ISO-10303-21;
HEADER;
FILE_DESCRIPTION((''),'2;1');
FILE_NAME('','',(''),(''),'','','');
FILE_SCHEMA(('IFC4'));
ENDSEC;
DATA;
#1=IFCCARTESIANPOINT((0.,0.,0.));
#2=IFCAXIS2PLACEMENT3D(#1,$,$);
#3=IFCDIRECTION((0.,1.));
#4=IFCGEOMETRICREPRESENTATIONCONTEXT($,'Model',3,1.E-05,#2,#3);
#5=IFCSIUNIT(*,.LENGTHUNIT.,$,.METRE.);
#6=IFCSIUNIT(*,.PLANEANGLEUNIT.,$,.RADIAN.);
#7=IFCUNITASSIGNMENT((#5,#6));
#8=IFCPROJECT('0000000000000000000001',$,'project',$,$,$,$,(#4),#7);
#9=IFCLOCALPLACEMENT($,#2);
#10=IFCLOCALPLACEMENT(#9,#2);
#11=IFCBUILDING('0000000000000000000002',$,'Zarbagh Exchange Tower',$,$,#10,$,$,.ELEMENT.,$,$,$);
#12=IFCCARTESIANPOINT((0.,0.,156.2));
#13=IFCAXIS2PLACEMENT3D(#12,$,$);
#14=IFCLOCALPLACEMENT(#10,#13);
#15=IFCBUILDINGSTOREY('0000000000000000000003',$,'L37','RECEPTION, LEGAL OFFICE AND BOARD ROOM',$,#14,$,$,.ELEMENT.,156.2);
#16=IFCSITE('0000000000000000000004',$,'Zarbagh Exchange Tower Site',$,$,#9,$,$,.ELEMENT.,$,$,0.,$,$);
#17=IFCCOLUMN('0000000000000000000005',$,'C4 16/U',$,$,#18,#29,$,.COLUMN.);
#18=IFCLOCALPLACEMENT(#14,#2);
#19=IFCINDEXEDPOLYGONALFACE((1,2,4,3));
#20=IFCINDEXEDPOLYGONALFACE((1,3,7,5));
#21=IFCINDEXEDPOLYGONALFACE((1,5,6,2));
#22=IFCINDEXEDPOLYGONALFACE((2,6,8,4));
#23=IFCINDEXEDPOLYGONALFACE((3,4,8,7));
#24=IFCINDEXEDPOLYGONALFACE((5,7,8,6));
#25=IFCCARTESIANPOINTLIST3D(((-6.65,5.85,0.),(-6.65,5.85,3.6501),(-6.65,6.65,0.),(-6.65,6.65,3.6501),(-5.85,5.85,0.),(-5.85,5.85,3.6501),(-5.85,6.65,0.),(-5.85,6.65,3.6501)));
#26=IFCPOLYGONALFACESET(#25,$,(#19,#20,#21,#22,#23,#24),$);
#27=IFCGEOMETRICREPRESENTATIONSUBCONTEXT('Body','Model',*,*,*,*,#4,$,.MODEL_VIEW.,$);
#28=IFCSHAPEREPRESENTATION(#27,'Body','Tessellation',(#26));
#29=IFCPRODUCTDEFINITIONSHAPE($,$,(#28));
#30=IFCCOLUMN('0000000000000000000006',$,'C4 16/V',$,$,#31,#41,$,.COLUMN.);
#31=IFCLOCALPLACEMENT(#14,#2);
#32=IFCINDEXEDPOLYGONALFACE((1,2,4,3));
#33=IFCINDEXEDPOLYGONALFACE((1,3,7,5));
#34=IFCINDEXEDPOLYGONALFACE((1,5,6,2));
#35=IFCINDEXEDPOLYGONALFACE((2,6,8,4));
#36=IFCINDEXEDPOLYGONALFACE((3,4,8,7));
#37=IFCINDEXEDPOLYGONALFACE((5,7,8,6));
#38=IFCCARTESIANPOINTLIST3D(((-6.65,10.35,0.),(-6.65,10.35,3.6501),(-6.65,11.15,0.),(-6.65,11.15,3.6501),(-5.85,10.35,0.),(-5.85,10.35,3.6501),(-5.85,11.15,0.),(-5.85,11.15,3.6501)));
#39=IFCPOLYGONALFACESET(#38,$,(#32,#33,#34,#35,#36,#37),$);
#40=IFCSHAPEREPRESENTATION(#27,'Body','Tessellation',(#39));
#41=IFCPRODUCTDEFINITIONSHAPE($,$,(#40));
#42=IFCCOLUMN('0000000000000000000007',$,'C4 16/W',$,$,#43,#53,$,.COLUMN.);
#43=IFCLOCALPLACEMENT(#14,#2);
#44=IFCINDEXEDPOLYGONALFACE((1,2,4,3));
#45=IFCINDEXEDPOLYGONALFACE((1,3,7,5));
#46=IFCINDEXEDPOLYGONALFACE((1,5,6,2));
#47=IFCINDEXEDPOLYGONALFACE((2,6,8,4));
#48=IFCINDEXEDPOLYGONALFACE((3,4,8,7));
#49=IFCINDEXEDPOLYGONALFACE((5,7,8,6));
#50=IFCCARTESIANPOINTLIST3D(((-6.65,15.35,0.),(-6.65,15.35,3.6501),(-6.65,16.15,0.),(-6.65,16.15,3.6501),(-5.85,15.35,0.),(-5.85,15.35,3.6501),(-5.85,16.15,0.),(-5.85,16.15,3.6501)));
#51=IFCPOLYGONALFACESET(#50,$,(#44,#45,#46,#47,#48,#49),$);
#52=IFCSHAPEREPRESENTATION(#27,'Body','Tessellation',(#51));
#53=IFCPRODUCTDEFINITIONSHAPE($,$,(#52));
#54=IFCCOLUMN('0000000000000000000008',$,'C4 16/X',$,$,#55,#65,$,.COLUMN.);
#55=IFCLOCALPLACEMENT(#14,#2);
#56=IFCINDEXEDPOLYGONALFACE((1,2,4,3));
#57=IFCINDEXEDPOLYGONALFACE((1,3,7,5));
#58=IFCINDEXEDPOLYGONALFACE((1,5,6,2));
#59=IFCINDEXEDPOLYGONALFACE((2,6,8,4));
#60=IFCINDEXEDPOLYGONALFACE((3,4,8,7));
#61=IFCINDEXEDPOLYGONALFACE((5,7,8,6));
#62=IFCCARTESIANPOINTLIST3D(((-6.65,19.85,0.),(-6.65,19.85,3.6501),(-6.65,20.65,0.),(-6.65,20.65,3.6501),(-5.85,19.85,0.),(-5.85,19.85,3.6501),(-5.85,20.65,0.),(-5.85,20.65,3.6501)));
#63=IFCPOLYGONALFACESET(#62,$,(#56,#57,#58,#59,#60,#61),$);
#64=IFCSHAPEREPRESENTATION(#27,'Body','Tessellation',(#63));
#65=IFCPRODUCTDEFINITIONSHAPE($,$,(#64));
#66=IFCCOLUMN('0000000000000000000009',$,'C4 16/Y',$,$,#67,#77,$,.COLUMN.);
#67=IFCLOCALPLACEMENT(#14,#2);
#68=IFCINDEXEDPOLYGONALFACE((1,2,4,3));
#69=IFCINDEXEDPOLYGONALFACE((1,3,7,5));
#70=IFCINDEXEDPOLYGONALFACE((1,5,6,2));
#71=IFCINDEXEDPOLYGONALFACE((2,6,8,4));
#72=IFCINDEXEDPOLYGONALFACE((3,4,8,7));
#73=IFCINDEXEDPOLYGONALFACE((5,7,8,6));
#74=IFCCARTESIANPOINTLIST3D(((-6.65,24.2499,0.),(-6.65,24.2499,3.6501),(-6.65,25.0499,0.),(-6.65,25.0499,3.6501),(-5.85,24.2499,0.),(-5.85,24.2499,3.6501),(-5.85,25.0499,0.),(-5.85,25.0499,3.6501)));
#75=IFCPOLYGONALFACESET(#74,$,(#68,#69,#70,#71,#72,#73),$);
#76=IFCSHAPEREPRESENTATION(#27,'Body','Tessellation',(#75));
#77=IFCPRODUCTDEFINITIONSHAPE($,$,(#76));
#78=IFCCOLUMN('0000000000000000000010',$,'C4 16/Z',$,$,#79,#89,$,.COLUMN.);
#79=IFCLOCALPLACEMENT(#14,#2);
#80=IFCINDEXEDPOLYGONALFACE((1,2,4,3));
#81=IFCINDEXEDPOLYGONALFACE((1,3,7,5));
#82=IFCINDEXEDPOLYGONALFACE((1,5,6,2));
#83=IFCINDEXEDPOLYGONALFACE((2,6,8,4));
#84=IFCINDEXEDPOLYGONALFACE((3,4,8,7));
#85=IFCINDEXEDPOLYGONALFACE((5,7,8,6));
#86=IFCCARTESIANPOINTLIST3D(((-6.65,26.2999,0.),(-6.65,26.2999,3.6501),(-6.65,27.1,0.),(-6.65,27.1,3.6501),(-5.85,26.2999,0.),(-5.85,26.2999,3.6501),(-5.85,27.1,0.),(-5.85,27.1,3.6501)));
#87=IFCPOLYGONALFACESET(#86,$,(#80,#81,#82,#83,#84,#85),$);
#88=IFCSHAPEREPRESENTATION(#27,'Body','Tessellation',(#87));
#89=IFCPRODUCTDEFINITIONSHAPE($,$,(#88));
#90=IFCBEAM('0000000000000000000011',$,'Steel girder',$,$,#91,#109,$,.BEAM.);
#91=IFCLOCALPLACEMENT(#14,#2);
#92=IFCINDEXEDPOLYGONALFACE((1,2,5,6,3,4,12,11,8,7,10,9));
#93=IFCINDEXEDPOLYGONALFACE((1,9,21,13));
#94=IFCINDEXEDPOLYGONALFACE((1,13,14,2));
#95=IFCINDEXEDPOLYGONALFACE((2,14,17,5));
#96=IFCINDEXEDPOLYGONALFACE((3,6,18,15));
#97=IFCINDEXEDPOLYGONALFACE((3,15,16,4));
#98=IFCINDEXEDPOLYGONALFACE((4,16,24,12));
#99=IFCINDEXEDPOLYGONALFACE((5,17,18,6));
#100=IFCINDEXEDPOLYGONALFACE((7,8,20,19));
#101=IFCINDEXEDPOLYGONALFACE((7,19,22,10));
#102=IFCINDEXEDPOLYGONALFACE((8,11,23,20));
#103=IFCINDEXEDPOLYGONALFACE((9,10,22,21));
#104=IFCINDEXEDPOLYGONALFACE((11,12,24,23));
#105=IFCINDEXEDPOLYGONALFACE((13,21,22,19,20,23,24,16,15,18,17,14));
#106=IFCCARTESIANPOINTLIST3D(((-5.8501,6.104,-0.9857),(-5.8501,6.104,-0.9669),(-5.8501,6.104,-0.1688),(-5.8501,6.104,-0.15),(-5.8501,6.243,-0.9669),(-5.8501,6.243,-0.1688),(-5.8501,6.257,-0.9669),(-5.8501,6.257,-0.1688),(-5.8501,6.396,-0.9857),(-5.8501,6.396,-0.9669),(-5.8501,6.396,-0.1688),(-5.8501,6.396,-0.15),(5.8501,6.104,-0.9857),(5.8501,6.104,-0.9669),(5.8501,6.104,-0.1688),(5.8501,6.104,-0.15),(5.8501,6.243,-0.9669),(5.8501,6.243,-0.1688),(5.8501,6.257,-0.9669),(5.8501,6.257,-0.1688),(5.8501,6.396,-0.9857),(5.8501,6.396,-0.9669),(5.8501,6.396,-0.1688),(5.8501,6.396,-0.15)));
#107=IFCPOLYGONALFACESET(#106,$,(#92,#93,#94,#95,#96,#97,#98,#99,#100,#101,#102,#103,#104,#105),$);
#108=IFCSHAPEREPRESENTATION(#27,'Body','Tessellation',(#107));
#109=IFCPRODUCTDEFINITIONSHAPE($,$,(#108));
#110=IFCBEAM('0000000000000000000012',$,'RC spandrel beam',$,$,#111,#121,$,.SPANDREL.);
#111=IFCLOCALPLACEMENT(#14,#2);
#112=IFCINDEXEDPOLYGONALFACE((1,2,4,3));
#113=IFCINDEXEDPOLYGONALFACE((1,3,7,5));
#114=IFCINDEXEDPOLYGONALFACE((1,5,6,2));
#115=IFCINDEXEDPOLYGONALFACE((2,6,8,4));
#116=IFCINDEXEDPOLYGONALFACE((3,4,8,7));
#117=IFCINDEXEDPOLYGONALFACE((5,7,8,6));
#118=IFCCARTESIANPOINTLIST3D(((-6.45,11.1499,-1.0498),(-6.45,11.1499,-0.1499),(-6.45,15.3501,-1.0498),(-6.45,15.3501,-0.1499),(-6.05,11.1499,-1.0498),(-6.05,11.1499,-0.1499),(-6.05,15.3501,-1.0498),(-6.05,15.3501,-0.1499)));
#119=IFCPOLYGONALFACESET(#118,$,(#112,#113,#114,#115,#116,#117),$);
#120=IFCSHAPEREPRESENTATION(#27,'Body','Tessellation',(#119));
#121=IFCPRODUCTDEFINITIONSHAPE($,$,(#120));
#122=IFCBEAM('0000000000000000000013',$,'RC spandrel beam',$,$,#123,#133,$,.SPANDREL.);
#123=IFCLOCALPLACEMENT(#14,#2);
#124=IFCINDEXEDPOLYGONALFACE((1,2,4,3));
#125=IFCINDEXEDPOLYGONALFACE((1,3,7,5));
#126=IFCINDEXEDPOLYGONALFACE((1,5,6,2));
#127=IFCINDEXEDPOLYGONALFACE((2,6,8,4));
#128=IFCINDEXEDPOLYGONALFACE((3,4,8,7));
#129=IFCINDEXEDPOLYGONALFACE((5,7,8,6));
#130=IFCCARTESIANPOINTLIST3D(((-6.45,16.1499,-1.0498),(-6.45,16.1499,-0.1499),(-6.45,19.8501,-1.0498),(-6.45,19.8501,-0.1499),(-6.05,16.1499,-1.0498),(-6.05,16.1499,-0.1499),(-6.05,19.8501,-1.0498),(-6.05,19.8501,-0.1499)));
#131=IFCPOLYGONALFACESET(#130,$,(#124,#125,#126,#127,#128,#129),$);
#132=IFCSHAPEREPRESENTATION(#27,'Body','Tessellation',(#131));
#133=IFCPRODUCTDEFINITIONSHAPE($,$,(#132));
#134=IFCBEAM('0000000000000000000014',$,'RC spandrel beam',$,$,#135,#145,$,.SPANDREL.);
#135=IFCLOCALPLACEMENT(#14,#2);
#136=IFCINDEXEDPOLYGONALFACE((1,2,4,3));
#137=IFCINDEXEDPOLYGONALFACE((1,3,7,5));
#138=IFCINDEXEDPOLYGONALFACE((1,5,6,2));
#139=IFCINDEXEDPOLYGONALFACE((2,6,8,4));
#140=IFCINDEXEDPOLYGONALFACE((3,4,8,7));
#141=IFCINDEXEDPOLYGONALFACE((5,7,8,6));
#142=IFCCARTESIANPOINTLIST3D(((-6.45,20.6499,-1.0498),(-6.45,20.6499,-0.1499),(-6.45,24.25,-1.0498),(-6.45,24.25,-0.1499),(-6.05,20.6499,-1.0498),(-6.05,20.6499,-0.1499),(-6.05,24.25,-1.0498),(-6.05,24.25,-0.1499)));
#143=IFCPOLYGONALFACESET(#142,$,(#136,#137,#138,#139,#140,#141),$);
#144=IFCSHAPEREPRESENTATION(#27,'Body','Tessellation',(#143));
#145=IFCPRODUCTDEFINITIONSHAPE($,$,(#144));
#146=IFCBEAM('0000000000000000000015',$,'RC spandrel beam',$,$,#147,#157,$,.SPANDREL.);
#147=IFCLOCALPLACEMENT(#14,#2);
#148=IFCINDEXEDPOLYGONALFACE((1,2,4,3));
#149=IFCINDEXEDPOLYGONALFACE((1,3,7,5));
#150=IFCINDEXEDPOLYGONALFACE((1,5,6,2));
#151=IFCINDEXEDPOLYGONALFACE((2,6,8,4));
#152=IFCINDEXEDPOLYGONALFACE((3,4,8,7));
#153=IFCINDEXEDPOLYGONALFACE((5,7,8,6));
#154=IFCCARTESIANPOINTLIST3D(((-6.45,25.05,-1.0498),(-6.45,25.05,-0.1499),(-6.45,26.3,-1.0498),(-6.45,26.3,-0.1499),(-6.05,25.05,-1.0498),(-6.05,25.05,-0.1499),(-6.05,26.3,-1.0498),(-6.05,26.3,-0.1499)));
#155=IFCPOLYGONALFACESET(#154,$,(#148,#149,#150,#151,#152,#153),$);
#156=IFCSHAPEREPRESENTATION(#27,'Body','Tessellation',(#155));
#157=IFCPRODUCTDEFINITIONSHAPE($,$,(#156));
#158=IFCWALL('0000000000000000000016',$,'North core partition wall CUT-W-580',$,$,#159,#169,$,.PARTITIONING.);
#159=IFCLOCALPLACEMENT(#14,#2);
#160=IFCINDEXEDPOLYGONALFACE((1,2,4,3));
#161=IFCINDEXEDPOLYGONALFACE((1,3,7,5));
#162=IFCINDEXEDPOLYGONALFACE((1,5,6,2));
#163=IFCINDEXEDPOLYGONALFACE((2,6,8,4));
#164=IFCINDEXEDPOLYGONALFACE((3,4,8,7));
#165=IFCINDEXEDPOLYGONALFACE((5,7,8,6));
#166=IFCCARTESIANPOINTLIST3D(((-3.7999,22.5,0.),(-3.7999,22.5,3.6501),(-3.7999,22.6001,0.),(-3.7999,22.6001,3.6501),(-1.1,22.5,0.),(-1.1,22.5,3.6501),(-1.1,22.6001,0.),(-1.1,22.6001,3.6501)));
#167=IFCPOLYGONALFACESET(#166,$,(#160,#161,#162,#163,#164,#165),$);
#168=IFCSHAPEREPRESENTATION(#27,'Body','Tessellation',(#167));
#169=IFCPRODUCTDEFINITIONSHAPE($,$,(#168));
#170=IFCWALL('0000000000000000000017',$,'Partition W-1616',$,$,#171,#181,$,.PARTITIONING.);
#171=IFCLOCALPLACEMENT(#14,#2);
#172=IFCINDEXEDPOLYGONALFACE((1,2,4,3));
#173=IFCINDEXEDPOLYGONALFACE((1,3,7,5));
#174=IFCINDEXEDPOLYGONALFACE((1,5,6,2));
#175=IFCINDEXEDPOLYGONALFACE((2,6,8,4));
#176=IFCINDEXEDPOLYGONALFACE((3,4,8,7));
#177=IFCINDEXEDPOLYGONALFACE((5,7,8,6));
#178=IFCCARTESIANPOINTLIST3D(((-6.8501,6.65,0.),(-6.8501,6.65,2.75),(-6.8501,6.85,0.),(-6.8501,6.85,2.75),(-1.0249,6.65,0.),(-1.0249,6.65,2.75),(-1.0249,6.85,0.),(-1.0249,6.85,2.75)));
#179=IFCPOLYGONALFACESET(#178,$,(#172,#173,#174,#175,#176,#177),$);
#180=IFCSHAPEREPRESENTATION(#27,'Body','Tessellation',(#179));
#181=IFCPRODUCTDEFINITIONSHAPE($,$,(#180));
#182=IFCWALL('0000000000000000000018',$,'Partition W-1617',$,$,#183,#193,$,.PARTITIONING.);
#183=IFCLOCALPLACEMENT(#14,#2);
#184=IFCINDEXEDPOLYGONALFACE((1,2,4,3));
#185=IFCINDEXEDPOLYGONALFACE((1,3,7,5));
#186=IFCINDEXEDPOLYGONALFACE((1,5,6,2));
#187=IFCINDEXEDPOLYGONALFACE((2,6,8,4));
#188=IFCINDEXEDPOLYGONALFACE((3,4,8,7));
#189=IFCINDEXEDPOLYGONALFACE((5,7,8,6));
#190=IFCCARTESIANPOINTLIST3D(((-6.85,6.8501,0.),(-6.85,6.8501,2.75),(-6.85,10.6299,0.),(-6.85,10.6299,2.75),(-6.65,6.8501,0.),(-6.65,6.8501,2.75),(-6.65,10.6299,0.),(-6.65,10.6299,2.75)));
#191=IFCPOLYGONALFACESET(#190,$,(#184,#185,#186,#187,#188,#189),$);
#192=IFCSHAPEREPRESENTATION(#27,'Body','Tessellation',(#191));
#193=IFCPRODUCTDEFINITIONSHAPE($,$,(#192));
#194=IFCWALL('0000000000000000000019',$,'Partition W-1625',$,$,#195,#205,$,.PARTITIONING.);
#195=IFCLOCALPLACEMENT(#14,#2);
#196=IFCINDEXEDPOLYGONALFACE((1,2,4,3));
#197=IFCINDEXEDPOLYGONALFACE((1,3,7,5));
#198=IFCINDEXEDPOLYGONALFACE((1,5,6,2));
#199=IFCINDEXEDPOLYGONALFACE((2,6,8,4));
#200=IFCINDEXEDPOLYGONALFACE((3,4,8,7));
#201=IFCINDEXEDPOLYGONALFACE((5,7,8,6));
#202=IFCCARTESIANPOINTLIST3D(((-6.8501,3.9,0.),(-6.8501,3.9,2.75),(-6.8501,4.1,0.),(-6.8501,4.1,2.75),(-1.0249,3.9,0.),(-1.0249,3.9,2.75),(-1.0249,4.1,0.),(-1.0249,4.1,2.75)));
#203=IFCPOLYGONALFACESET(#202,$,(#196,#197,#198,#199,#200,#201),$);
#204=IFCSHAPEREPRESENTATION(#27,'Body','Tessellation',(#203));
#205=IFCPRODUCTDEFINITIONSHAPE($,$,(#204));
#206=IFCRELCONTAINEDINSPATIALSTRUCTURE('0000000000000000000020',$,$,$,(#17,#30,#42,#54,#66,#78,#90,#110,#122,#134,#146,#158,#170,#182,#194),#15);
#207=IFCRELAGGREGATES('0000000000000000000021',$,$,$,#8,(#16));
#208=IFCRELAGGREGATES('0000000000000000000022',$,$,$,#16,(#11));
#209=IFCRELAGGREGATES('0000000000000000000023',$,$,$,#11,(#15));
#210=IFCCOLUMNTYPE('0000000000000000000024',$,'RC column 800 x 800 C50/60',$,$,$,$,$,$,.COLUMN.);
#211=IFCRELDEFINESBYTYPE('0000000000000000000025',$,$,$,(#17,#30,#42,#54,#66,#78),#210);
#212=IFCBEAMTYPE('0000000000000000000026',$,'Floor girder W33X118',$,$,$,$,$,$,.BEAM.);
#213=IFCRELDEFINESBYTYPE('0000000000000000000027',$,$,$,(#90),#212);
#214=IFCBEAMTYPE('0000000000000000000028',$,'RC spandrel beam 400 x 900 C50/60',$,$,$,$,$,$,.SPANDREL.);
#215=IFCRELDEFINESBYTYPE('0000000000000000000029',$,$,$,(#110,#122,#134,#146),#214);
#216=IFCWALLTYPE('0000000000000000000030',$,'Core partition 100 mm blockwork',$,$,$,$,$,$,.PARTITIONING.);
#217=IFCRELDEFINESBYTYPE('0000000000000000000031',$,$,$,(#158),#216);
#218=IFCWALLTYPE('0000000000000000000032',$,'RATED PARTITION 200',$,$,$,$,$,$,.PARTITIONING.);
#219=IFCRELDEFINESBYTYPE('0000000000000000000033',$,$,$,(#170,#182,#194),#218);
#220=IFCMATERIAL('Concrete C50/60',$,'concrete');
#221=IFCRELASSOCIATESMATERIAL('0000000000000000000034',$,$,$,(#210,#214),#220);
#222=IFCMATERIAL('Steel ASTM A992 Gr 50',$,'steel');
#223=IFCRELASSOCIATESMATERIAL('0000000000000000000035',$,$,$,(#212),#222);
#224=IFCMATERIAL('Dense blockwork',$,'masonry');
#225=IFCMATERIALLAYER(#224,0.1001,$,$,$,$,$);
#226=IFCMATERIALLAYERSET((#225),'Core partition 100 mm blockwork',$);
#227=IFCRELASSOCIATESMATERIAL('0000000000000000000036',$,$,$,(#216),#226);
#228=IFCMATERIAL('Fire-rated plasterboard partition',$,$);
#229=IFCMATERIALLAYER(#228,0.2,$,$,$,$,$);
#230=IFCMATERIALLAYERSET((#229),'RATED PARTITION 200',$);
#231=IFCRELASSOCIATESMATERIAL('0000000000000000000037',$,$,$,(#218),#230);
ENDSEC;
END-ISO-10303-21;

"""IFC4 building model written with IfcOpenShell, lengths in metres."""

from ifc_helpers import new_model, si_unit, direction, frame, frame_2d, origin, origin_2d, place, context, subcontext, project, spatial, rectangle, i_section, extrude, material, layer, layer_set, material_profile, profile_set, type_object, element, save


model = new_model("IFC4")

# Units and contexts
model_context = context("Model", 3, precision=1e-05, world=origin(), true_north=direction((0.0, 1.0)))
body_context = subcontext(model_context, "Body", "Model", "MODEL_VIEW")
ifc_project = project(units=[si_unit("LENGTHUNIT", "METRE"), si_unit("PLANEANGLEUNIT", "RADIAN")], contexts=[model_context])

# Site, building, storey
site_placement = place(None, origin())
site = spatial("IfcSite", under=ifc_project, at=site_placement, Name="Zarbagh Exchange Tower Site", CompositionType="ELEMENT", RefElevation=0.0)
building_placement = place(site_placement, origin())
building = spatial("IfcBuilding", under=site, at=building_placement, Name="Zarbagh Exchange Tower", CompositionType="ELEMENT")
storey_placement = place(building_placement, frame((0.0, 0.0, 156.2)))
storey = spatial("IfcBuildingStorey", under=building, at=storey_placement, Name="L37", Description="RECEPTION, LEGAL OFFICE AND BOARD ROOM", CompositionType="ELEMENT", Elevation=156.2)

# Columns
ifc_material_1 = material(Name="Concrete C50/60", Category="concrete")
ifc_material_profile_1 = material_profile(ifc_material_1, rectangle(XDim=0.8, YDim=0.8, at=origin_2d()), Name="RC column 800 x 800 C50/60")
ifc_profile_set_1 = profile_set([ifc_material_profile_1], Name="Concrete C50/60")
column_type = type_object("IfcColumnType", Name="RC column 800 x 800 C50/60", PredefinedType="COLUMN", material=ifc_profile_set_1)
for number, where, z_axis, x_axis, name in (
    (1, (-6.25, 6.25, 0.0), (0.0, 0.0, 1.0), (1.0, 0.0, 0.0), "C4 16/U"),
    (2, (-6.25, 10.75, 0.0), (0.0, 0.0, 1.0), (1.0, 0.0, 0.0), "C4 16/V"),
    (3, (-6.25, 15.75, 0.0), (0.0, 0.0, 1.0), (1.0, 0.0, 0.0), "C4 16/W"),
    (4, (-6.25, 20.25, 0.0), (0.0, 0.0, 1.0), (1.0, 0.0, 0.0), "C4 16/X"),
    (5, (-6.25, 24.6499, 0.0), (0.0, 0.0, 1.0), (1.0, 0.0, 0.0), "C4 16/Y"),
    (6, (-6.25, 26.7, 0.0), (0.0, 0.0, 1.0), (1.0, 0.0, 0.0), "C4 16/Z"),
):
    element("IfcColumn", number, at=place(storey_placement, frame(where, z_axis=z_axis, x_axis=x_axis)), inside=storey, type_object=column_type, Name=name, PredefinedType="COLUMN", context=body_context, shape_type="SweptSolid", body=[
        extrude(rectangle(XDim=0.8, YDim=0.8, at=origin_2d()), origin(), (0.0, 0.0, 1.0), 3.6501),
    ])

# Beams
ifc_material_2 = material(Name="Steel ASTM A992 Gr 50", Category="steel")
ifc_material_profile_2 = material_profile(ifc_material_2, i_section(OverallWidth=0.292, OverallDepth=0.8357, WebThickness=0.0139, FlangeThickness=0.0188, at=origin_2d()), Name="W33X118")
ifc_profile_set_2 = profile_set([ifc_material_profile_2], Name="Steel ASTM A992 Gr 50")
beam_type_1 = type_object("IfcBeamType", Name="Floor girder W33X118", PredefinedType="BEAM", material=ifc_profile_set_2)
beam_1_placement = place(storey_placement, frame((-5.8501, 6.25, -0.5679), z_axis=(1.0, 0.0, 0.0), x_axis=(0.0, 1.0, 0.0)))
element("IfcBeam", 7, at=beam_1_placement, inside=storey, type_object=beam_type_1, Name="Steel girder", PredefinedType="BEAM", context=body_context, shape_type="SweptSolid", body=[
    extrude(i_section(OverallWidth=0.292, OverallDepth=0.8357, WebThickness=0.0139, FlangeThickness=0.0188, at=origin_2d()), origin(), (0.0, 0.0, 1.0), 11.7002),
])
ifc_material_profile_3 = material_profile(ifc_material_1, rectangle(XDim=0.3999, YDim=0.8999, at=origin_2d()), Name="RC spandrel beam 400 x 900 C50/60")
ifc_profile_set_3 = profile_set([ifc_material_profile_3], Name="Concrete C50/60")
beam_type_2 = type_object("IfcBeamType", Name="RC spandrel beam 400 x 900 C50/60", PredefinedType="SPANDREL", material=ifc_profile_set_3)
beam_2_placement = place(storey_placement, frame((-6.25, 11.1499, -0.5999), z_axis=(0.0, 1.0, 0.0), x_axis=(-1.0, 0.0, 0.0)))
element("IfcBeam", 8, at=beam_2_placement, inside=storey, type_object=beam_type_2, Name="RC spandrel beam", PredefinedType="SPANDREL", context=body_context, shape_type="SweptSolid", body=[
    extrude(rectangle(XDim=0.3999, YDim=0.8999, at=origin_2d()), origin(), (0.0, 0.0, 1.0), 4.2002),
])
beam_3_placement = place(storey_placement, frame((-6.25, 16.1499, -0.5999), z_axis=(0.0, 1.0, 0.0), x_axis=(-1.0, 0.0, 0.0)))
element("IfcBeam", 9, at=beam_3_placement, inside=storey, type_object=beam_type_2, Name="RC spandrel beam", PredefinedType="SPANDREL", context=body_context, shape_type="SweptSolid", body=[
    extrude(rectangle(XDim=0.3999, YDim=0.8999, at=origin_2d()), origin(), (0.0, 0.0, 1.0), 3.7002),
])
beam_4_placement = place(storey_placement, frame((-6.25, 20.6499, -0.5999), z_axis=(0.0, 1.0, 0.0), x_axis=(-1.0, 0.0, 0.0)))
element("IfcBeam", 10, at=beam_4_placement, inside=storey, type_object=beam_type_2, Name="RC spandrel beam", PredefinedType="SPANDREL", context=body_context, shape_type="SweptSolid", body=[
    extrude(rectangle(XDim=0.3999, YDim=0.8999, at=origin_2d()), origin(), (0.0, 0.0, 1.0), 3.6001),
])
beam_5_placement = place(storey_placement, frame((-6.25, 25.05, -0.5999), z_axis=(0.0, 1.0, 0.0), x_axis=(-1.0, 0.0, 0.0)))
element("IfcBeam", 11, at=beam_5_placement, inside=storey, type_object=beam_type_2, Name="RC spandrel beam", PredefinedType="SPANDREL", context=body_context, shape_type="SweptSolid", body=[
    extrude(rectangle(XDim=0.3999, YDim=0.8999, at=origin_2d()), origin(), (0.0, 0.0, 1.0), 1.25),
])

# Walls
ifc_material_3 = material(Name="Dense blockwork", Category="masonry")
ifc_layer_1 = layer(ifc_material_3, 0.1001)
ifc_layer_set_1 = layer_set([ifc_layer_1], Name="Core partition 100 mm blockwork")
wall_type_1 = type_object("IfcWallType", Name="Core partition 100 mm blockwork", PredefinedType="PARTITIONING", material=ifc_layer_set_1)
wall_1_placement = place(storey_placement, frame((-3.8, 22.55, 0.0), z_axis=(0.0, 0.0, 1.0), x_axis=(1.0, 0.0, 0.0)))
element("IfcWall", 12, at=wall_1_placement, inside=storey, type_object=wall_type_1, Name="North core partition wall CUT-W-580", PredefinedType="PARTITIONING", context=body_context, shape_type="SweptSolid", body=[
    extrude(rectangle(XDim=2.7, YDim=0.1001, at=frame_2d((1.3501, 0.0))), origin(), (0.0, 0.0, 1.0), 3.6501),
])
ifc_material_4 = material(Name="Fire-rated plasterboard partition")
ifc_layer_2 = layer(ifc_material_4, 0.2)
ifc_layer_set_2 = layer_set([ifc_layer_2], Name="RATED PARTITION 200")
wall_type_2 = type_object("IfcWallType", Name="RATED PARTITION 200", PredefinedType="PARTITIONING", material=ifc_layer_set_2)
wall_2_placement = place(storey_placement, frame((-6.8501, 6.75, 0.0), z_axis=(0.0, 0.0, 1.0), x_axis=(1.0, 0.0, 0.0)))
element("IfcWall", 13, at=wall_2_placement, inside=storey, type_object=wall_type_2, Name="Partition W-1616", PredefinedType="PARTITIONING", context=body_context, shape_type="SweptSolid", body=[
    extrude(rectangle(XDim=5.8252, YDim=0.2, at=frame_2d((2.9126, 0.0))), origin(), (0.0, 0.0, 1.0), 2.75),
])
wall_3_placement = place(storey_placement, frame((-6.75, 6.8501, 0.0), z_axis=(0.0, 0.0, 1.0), x_axis=(0.0, 1.0, 0.0)))
element("IfcWall", 14, at=wall_3_placement, inside=storey, type_object=wall_type_2, Name="Partition W-1617", PredefinedType="PARTITIONING", context=body_context, shape_type="SweptSolid", body=[
    extrude(rectangle(XDim=3.7798, YDim=0.2, at=frame_2d((1.8899, 0.0))), origin(), (0.0, 0.0, 1.0), 2.75),
])
wall_4_placement = place(storey_placement, frame((-6.8501, 4.0, 0.0), z_axis=(0.0, 0.0, 1.0), x_axis=(1.0, 0.0, 0.0)))
element("IfcWall", 15, at=wall_4_placement, inside=storey, type_object=wall_type_2, Name="Partition W-1625", PredefinedType="PARTITIONING", context=body_context, shape_type="SweptSolid", body=[
    extrude(rectangle(XDim=5.8252, YDim=0.2, at=frame_2d((2.9126, 0.0))), origin(), (0.0, 0.0, 1.0), 2.75),
])

save(model, "model.ifc")
